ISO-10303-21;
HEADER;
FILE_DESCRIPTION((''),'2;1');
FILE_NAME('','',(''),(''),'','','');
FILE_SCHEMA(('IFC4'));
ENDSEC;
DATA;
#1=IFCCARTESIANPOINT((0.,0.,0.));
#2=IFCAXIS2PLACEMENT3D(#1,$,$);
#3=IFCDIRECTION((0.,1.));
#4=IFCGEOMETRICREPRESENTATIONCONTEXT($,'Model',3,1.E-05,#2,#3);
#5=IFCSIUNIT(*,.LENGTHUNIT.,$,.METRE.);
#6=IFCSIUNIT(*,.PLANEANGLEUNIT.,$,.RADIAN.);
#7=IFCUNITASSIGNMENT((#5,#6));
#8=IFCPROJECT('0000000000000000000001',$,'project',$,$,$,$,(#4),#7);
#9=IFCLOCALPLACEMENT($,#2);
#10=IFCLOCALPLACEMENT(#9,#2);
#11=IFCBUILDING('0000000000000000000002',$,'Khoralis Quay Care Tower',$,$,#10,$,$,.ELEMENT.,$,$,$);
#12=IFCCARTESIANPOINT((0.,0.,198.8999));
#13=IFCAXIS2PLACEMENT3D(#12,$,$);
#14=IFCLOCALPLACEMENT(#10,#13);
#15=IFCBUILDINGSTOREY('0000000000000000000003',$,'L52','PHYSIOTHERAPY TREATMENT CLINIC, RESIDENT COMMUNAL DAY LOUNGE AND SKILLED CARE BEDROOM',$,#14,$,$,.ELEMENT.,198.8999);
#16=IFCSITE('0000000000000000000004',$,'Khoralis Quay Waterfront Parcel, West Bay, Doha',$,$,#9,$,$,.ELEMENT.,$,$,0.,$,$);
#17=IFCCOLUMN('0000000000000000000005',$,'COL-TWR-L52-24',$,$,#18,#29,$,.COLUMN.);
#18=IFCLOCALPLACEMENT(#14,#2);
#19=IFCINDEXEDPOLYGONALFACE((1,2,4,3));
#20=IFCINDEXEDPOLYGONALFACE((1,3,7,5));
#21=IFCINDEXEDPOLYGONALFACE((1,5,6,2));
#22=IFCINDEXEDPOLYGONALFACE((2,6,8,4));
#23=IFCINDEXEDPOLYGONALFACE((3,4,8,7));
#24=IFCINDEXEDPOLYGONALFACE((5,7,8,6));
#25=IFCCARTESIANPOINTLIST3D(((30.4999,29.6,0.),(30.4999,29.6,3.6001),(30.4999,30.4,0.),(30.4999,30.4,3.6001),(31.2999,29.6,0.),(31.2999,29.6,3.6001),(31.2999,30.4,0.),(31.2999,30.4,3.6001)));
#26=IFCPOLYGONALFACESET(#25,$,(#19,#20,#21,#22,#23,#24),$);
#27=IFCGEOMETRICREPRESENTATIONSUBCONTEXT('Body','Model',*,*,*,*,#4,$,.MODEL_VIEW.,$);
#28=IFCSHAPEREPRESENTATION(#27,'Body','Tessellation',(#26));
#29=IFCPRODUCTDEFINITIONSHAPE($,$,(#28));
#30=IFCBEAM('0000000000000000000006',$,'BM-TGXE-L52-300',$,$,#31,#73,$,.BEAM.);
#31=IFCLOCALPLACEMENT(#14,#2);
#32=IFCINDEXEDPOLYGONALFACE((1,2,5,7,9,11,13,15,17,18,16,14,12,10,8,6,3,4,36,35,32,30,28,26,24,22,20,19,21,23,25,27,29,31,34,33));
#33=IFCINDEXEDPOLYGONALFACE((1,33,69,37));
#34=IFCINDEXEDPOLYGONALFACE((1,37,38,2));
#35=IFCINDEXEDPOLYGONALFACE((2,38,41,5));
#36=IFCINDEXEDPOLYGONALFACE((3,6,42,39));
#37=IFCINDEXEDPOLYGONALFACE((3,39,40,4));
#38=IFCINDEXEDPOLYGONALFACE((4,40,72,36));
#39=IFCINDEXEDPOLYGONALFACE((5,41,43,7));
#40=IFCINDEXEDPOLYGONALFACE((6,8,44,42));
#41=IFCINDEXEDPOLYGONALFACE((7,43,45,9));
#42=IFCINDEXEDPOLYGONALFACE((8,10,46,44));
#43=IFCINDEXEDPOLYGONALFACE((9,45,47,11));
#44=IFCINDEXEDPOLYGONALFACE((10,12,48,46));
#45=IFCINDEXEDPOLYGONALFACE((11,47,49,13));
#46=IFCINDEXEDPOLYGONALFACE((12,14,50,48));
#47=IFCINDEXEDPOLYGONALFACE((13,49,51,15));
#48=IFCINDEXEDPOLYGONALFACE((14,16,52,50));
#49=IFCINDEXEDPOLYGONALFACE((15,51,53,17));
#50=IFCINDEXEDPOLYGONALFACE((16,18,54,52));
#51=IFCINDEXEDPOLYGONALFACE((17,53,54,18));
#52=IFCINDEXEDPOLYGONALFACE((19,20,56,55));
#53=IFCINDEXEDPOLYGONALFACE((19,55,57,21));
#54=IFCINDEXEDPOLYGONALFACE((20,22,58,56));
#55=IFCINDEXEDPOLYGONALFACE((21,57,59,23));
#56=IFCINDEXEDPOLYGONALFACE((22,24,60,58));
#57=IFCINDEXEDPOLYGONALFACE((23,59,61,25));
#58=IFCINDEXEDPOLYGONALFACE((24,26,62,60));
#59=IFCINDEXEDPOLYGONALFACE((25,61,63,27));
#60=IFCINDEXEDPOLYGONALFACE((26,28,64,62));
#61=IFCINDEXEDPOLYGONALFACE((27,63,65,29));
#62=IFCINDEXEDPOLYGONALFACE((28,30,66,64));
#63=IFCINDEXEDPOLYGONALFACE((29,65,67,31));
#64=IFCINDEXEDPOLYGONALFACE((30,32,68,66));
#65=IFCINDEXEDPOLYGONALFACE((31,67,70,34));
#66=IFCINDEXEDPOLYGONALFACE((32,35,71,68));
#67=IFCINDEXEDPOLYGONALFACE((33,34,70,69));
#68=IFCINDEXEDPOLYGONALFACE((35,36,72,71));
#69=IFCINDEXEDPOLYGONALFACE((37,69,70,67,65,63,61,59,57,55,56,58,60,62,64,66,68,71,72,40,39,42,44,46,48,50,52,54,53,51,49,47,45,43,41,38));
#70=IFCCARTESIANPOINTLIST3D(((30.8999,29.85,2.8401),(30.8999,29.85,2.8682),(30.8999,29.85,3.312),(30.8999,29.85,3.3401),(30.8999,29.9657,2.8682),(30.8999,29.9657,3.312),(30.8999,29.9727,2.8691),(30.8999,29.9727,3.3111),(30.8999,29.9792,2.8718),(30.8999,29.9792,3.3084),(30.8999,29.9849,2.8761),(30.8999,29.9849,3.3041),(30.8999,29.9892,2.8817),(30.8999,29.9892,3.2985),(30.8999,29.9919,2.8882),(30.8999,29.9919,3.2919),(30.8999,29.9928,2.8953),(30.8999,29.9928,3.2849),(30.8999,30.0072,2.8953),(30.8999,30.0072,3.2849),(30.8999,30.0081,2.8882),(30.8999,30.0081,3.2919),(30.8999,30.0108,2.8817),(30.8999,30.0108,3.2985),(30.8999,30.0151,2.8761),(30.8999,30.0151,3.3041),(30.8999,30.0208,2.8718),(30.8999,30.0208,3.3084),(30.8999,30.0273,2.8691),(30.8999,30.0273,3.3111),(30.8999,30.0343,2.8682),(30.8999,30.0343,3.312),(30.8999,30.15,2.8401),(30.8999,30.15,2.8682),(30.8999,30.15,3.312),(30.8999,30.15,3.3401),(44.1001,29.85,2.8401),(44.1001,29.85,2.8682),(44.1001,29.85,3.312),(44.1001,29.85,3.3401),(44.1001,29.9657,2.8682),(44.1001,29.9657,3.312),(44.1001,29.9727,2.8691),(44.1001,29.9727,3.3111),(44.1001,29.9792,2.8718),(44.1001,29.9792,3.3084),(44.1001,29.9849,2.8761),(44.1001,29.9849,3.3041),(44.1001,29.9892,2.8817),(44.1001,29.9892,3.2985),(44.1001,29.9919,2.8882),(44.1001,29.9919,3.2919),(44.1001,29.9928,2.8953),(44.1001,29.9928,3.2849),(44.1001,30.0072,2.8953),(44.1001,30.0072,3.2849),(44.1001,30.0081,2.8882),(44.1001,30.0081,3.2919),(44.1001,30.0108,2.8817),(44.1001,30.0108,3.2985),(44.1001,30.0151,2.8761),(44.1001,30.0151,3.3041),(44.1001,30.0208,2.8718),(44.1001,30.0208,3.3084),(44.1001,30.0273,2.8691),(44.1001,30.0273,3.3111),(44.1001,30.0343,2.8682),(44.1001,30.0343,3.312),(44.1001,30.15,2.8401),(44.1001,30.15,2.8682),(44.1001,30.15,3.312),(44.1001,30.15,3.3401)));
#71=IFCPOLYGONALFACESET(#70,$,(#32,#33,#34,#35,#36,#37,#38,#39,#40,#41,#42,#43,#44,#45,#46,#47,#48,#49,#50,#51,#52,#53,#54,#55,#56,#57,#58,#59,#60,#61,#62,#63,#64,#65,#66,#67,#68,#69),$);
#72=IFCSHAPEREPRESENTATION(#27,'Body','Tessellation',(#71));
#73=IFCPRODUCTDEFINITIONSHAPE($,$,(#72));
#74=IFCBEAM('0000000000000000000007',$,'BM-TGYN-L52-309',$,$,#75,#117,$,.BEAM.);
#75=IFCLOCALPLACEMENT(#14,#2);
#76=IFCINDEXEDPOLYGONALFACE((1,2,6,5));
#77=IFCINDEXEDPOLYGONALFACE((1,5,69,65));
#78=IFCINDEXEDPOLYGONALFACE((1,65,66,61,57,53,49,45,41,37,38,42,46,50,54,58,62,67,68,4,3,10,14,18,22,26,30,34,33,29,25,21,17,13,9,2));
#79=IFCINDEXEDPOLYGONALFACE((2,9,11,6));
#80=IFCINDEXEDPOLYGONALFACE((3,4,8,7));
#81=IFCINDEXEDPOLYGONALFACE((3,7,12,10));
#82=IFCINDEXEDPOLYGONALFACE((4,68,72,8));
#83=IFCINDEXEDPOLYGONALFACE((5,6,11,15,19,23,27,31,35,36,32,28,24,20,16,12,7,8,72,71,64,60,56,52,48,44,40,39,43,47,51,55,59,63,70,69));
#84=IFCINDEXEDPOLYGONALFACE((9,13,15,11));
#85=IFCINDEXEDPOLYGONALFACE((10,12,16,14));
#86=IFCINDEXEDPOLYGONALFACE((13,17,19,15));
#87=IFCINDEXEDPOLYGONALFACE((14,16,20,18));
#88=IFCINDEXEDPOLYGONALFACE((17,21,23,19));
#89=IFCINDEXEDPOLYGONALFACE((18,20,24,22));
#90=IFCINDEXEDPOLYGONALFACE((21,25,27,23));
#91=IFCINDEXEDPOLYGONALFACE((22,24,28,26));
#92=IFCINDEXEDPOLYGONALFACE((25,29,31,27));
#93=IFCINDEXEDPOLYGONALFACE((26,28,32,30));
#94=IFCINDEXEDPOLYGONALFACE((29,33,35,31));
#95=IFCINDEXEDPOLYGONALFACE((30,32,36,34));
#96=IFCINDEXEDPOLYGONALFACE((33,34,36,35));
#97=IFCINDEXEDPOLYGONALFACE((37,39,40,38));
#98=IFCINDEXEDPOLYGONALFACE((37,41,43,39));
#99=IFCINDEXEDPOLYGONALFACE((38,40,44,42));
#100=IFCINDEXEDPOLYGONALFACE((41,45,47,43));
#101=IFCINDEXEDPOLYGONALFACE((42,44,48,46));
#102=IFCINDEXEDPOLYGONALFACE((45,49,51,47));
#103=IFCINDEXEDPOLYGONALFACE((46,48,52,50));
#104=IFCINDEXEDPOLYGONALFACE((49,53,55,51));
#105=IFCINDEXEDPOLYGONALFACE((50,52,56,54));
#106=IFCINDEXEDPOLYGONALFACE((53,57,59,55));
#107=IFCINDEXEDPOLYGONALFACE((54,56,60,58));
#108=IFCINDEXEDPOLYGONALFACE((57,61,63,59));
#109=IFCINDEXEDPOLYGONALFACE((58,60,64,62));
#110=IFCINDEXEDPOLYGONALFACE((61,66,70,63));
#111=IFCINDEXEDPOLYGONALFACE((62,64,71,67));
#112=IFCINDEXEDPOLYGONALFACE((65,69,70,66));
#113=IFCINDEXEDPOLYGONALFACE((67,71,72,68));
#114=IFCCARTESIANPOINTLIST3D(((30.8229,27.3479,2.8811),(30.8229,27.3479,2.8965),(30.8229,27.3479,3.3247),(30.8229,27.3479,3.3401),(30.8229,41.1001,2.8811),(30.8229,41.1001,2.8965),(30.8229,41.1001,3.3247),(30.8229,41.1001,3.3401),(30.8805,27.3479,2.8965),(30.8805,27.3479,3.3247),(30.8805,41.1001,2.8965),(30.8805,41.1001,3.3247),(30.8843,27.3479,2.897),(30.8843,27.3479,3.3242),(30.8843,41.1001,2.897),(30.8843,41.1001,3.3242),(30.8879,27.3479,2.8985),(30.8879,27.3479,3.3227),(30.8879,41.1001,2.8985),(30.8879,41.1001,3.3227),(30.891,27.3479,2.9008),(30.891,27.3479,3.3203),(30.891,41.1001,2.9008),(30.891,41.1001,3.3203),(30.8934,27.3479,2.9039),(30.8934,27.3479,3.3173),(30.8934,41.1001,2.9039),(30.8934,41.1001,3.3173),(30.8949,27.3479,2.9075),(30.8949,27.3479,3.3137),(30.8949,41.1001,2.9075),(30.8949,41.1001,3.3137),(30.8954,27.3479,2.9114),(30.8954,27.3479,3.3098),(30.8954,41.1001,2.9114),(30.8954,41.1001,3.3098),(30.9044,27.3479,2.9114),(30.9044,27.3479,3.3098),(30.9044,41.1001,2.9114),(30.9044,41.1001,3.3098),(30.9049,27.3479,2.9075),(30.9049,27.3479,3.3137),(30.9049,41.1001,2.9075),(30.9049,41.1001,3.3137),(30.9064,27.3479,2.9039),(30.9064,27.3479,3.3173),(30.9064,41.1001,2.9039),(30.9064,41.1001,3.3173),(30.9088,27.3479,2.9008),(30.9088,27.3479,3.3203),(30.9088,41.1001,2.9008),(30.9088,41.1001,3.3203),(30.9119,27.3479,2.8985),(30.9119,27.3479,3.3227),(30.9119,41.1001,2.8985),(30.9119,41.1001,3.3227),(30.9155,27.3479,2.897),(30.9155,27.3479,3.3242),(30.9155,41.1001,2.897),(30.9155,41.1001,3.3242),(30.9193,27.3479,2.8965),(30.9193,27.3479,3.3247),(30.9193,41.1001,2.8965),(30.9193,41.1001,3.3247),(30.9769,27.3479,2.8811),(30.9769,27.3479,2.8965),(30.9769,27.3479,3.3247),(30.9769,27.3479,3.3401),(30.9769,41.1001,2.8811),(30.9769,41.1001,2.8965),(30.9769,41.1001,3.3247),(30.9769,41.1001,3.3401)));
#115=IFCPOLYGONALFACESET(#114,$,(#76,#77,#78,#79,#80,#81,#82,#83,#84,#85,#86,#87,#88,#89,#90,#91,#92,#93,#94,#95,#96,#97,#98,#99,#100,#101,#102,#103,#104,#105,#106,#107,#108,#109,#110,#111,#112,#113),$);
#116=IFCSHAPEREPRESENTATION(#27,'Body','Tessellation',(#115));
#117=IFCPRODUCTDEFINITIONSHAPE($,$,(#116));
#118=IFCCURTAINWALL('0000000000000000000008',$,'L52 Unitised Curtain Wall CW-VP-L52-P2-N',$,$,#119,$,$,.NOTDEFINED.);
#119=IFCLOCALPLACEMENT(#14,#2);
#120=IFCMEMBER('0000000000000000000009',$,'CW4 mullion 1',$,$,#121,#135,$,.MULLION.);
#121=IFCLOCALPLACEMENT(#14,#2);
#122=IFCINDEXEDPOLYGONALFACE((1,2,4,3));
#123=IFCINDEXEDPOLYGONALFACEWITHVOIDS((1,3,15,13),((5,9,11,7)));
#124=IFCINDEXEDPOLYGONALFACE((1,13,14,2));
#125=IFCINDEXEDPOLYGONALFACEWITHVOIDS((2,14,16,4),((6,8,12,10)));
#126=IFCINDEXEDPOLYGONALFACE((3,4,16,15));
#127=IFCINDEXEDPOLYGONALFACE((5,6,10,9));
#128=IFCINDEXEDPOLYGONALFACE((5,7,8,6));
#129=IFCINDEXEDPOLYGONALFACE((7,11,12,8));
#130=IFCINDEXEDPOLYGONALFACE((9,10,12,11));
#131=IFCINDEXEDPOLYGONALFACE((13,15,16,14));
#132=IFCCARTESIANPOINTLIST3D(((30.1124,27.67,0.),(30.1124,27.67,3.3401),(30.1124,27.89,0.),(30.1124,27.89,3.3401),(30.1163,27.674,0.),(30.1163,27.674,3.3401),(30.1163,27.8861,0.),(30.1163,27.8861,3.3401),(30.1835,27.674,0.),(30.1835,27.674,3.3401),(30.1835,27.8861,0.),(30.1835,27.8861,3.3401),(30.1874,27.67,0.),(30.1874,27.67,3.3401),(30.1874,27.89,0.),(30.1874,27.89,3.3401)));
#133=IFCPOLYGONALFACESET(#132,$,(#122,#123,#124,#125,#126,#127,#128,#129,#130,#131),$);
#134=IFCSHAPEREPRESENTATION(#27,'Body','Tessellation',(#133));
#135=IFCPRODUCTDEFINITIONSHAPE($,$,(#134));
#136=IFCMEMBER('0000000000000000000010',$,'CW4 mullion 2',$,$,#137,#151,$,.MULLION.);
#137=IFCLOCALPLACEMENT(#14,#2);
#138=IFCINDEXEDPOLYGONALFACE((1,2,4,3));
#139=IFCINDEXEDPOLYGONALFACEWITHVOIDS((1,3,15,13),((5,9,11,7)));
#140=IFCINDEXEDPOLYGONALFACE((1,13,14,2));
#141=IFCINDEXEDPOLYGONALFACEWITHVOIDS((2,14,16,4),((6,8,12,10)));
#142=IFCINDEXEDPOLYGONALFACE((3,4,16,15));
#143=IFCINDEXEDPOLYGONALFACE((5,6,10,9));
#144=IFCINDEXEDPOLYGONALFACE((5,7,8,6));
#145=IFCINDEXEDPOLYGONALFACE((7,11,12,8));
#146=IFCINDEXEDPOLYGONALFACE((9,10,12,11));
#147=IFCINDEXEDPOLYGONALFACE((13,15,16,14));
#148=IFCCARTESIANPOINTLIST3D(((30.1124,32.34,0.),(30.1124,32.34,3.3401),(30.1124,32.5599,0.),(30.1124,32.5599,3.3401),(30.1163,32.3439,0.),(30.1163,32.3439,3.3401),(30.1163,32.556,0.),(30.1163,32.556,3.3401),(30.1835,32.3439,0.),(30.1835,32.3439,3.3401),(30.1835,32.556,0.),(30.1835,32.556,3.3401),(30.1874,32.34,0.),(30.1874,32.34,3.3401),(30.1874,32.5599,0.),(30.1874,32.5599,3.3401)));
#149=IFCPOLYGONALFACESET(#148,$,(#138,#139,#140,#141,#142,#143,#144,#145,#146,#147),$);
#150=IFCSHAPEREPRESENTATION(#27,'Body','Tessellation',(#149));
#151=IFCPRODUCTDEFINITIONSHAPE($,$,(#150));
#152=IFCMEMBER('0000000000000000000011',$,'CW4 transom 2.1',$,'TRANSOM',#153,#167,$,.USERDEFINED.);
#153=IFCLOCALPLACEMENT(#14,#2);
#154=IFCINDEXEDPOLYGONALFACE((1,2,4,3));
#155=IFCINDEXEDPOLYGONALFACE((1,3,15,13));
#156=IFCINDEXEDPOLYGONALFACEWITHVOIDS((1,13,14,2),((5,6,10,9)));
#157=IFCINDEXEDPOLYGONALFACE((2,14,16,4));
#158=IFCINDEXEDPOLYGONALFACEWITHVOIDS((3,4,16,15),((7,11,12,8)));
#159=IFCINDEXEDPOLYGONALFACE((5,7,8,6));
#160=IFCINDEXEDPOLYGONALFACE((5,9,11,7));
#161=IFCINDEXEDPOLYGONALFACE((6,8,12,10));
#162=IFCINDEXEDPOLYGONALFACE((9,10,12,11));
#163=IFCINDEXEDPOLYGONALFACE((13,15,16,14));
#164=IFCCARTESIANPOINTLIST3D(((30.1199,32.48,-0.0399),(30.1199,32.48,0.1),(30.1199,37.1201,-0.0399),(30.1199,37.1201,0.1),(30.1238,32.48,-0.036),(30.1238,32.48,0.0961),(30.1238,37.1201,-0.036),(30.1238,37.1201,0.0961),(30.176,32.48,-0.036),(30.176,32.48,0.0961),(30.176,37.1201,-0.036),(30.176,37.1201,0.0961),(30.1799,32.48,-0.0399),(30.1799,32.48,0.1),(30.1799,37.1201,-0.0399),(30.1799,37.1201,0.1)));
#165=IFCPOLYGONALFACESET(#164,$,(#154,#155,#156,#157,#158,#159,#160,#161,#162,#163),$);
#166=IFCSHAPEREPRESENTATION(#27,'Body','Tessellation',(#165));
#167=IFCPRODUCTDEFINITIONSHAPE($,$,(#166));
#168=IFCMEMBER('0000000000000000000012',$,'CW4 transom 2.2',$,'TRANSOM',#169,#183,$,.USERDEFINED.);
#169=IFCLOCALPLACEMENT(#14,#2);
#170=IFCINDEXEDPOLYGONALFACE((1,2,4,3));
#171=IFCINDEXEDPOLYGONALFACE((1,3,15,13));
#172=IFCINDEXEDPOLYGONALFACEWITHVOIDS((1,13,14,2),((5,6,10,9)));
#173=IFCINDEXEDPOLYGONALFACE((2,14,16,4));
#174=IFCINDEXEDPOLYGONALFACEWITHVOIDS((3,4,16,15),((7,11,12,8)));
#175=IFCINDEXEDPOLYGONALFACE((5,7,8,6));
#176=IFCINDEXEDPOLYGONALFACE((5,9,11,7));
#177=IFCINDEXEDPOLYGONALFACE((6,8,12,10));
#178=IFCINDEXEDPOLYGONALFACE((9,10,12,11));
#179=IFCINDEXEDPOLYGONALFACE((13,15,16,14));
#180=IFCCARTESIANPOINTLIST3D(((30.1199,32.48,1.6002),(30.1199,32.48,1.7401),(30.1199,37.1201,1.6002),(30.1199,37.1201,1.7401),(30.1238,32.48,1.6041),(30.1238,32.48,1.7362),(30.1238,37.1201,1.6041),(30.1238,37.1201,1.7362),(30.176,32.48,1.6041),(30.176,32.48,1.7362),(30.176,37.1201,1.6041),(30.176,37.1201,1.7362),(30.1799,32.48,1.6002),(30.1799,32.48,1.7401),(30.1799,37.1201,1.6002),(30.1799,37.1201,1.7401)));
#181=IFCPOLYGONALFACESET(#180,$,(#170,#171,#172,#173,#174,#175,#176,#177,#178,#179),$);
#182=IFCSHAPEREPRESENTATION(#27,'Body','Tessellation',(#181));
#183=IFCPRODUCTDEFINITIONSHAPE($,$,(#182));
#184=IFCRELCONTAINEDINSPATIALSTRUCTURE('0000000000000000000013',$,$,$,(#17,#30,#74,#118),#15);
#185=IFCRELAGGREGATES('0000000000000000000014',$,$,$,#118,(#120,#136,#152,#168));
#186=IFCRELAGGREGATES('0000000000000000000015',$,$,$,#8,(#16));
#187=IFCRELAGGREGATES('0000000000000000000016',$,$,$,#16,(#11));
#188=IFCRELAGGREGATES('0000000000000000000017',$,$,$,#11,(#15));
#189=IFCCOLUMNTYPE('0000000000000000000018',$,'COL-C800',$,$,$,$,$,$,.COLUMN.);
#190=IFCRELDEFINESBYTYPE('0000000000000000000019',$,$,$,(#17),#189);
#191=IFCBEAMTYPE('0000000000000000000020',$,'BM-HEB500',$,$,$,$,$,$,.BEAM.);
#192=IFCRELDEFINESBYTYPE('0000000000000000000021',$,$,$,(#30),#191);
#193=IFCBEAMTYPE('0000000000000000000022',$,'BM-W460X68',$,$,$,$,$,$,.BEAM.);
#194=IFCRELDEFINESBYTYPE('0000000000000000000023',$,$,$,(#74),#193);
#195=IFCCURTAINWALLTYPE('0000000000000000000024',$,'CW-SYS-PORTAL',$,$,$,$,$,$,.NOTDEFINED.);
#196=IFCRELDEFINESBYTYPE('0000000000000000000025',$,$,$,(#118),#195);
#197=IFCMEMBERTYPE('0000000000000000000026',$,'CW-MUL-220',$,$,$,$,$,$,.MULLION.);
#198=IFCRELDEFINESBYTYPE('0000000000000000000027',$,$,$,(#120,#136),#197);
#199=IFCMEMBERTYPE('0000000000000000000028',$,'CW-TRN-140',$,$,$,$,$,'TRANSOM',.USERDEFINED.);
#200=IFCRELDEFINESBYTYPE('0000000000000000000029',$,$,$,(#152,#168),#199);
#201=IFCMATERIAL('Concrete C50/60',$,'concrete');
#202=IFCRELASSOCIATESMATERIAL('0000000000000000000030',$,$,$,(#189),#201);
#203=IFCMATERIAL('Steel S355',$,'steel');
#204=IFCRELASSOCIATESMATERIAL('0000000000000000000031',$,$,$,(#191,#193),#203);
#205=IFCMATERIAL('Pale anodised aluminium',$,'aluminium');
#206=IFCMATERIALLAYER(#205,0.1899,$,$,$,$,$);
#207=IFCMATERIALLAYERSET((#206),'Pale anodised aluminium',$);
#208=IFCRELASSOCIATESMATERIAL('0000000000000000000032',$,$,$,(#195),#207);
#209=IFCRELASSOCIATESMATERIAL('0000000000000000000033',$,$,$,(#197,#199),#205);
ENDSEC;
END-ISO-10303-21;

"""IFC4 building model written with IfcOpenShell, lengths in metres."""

from ifc_helpers import new_model, si_unit, direction, frame, origin, origin_2d, place, context, subcontext, project, spatial, rectangle, hollow_rectangle, i_section, extrude, source, transform, mapped, material, layer, layer_set, material_profile, profile_set, type_object, element, aggregate, save


model = new_model("IFC4")

# Units and contexts
model_context = context("Model", 3, precision=1e-05, world=origin(), true_north=direction((0.0, 1.0)))
body_context = subcontext(model_context, "Body", "Model", "MODEL_VIEW")
ifc_project = project(units=[si_unit("LENGTHUNIT", "METRE"), si_unit("PLANEANGLEUNIT", "RADIAN")], contexts=[model_context])

# Site, building, storey
site_placement = place(None, origin())
site = spatial("IfcSite", under=ifc_project, at=site_placement, Name="Khoralis Quay Waterfront Parcel, West Bay, Doha", CompositionType="ELEMENT", RefElevation=0.0)
building_placement = place(site_placement, origin())
building = spatial("IfcBuilding", under=site, at=building_placement, Name="Khoralis Quay Care Tower", CompositionType="ELEMENT")
storey_placement = place(building_placement, frame((0.0, 0.0, 198.8999)))
storey = spatial("IfcBuildingStorey", under=building, at=storey_placement, Name="L52", Description="PHYSIOTHERAPY TREATMENT CLINIC, RESIDENT COMMUNAL DAY LOUNGE AND SKILLED CARE BEDROOM", CompositionType="ELEMENT", Elevation=198.8999)

# Column
ifc_material_1 = material(Name="Concrete C50/60", Category="concrete")
ifc_material_profile_1 = material_profile(ifc_material_1, rectangle(XDim=0.8, YDim=0.8, at=origin_2d()), Name="Concrete C50/60")
ifc_profile_set_1 = profile_set([ifc_material_profile_1], Name="Concrete C50/60")
column_type = type_object("IfcColumnType", Name="COL-C800", PredefinedType="COLUMN", material=ifc_profile_set_1)
shared_shape_1 = source(origin(), body_context, "Body", "SweptSolid", [
    extrude(rectangle(XDim=0.8, YDim=0.8, at=origin_2d()), origin(), (0.0, 0.0, 1.0), 3.6001),
])
column_placement = place(storey_placement, frame((30.8999, 30.0, 0.0), z_axis=(0.0, 0.0, 1.0), x_axis=(1.0, 0.0, 0.0)))
element("IfcColumn", 1, at=column_placement, inside=storey, type_object=column_type, Name="COL-TWR-L52-24", PredefinedType="COLUMN", context=body_context, shape_type="MappedRepresentation", body=[
    mapped(shared_shape_1, transform((0.0, 0.0, 0.0), scale=1.0)),
])

# Beams
ifc_material_2 = material(Name="Steel S355", Category="steel")
ifc_material_profile_2 = material_profile(ifc_material_2, i_section(OverallWidth=0.3, OverallDepth=0.5, WebThickness=0.0144, FlangeThickness=0.0281, FilletRadius=0.0271, at=origin_2d()), Name="Steel S355")
ifc_profile_set_2 = profile_set([ifc_material_profile_2], Name="Steel S355")
beam_type_1 = type_object("IfcBeamType", Name="BM-HEB500", PredefinedType="BEAM", material=ifc_profile_set_2)
shared_shape_2 = source(origin(), body_context, "Body", "SweptSolid", [
    extrude(i_section(OverallWidth=0.3, OverallDepth=0.5, WebThickness=0.0144, FlangeThickness=0.0281, FilletRadius=0.0271, at=origin_2d()), origin(), (0.0, 0.0, 1.0), 13.2002),
])
beam_1_placement = place(storey_placement, frame((30.8999, 30.0, 3.0901), z_axis=(1.0, 0.0, 0.0), x_axis=(0.0, 1.0, 0.0)))
element("IfcBeam", 2, at=beam_1_placement, inside=storey, type_object=beam_type_1, Name="BM-TGXE-L52-300", PredefinedType="BEAM", context=body_context, shape_type="MappedRepresentation", body=[
    mapped(shared_shape_2, transform((0.0, 0.0, 0.0), scale=1.0)),
])
ifc_material_profile_3 = material_profile(ifc_material_2, i_section(OverallWidth=0.1541, OverallDepth=0.459, WebThickness=0.009, FlangeThickness=0.0154, FilletRadius=0.0149, at=origin_2d()), Name="Steel S355")
ifc_profile_set_3 = profile_set([ifc_material_profile_3], Name="Steel S355")
beam_type_2 = type_object("IfcBeamType", Name="BM-W460X68", PredefinedType="BEAM", material=ifc_profile_set_3)
shared_shape_3 = source(origin(), body_context, "Body", "SweptSolid", [
    extrude(i_section(OverallWidth=0.1541, OverallDepth=0.459, WebThickness=0.009, FlangeThickness=0.0154, FilletRadius=0.0149, at=origin_2d()), origin(), (0.0, 0.0, 1.0), 13.7522),
])
beam_2_placement = place(storey_placement, frame((30.8999, 27.3479, 3.1106), z_axis=(0.0, 1.0, 0.0), x_axis=(-1.0, 0.0, 0.0)))
element("IfcBeam", 3, at=beam_2_placement, inside=storey, type_object=beam_type_2, Name="BM-TGYN-L52-309", PredefinedType="BEAM", context=body_context, shape_type="MappedRepresentation", body=[
    mapped(shared_shape_3, transform((0.0, 0.0, 0.0), scale=1.0)),
])

# Curtain wall, members
ifc_material_3 = material(Name="Pale anodised aluminium", Category="aluminium")
ifc_layer_1 = layer(ifc_material_3, 0.1899)
ifc_layer_set_1 = layer_set([ifc_layer_1], Name="Pale anodised aluminium")
curtain_wall_type = type_object("IfcCurtainWallType", Name="CW-SYS-PORTAL", PredefinedType="NOTDEFINED", material=ifc_layer_set_1)
curtain_wall_placement = place(storey_placement, origin())
curtain_wall = element("IfcCurtainWall", 4, at=curtain_wall_placement, inside=storey, type_object=curtain_wall_type, Name="L52 Unitised Curtain Wall CW-VP-L52-P2-N", PredefinedType="NOTDEFINED")
ifc_material_profile_4 = material_profile(ifc_material_3, hollow_rectangle(XDim=0.075, YDim=0.22, WallThickness=0.0039, at=origin_2d()), Name="Pale anodised aluminium")
ifc_profile_set_4 = profile_set([ifc_material_profile_4], Name="Pale anodised aluminium")
member_type_1 = type_object("IfcMemberType", Name="CW-MUL-220", PredefinedType="MULLION", material=ifc_profile_set_4)
shared_shape_4 = source(origin(), body_context, "Body", "SweptSolid", [
    extrude(hollow_rectangle(XDim=0.075, YDim=0.22, WallThickness=0.0039, at=origin_2d()), origin(), (0.0, 0.0, 1.0), 3.3401),
])
member_1_placement = place(storey_placement, frame((30.1499, 27.78, 0.0), z_axis=(0.0, 0.0, 1.0), x_axis=(-1.0, 0.0, 0.0)))
member_1 = element("IfcMember", 5, at=member_1_placement, type_object=member_type_1, Name="CW4 mullion 1", PredefinedType="MULLION", context=body_context, shape_type="MappedRepresentation", body=[
    mapped(shared_shape_4, transform((0.0, 0.0, 0.0), scale=1.0)),
])
member_2_placement = place(storey_placement, frame((30.1499, 32.45, 0.0), z_axis=(0.0, 0.0, 1.0), x_axis=(-1.0, 0.0, 0.0)))
member_2 = element("IfcMember", 6, at=member_2_placement, type_object=member_type_1, Name="CW4 mullion 2", PredefinedType="MULLION", context=body_context, shape_type="MappedRepresentation", body=[
    mapped(shared_shape_4, transform((0.0, 0.0, 0.0), scale=1.0)),
])
ifc_material_profile_5 = material_profile(ifc_material_3, hollow_rectangle(XDim=0.0601, YDim=0.1399, WallThickness=0.0039, at=origin_2d()), Name="Pale anodised aluminium")
ifc_profile_set_5 = profile_set([ifc_material_profile_5], Name="Pale anodised aluminium")
member_type_2 = type_object("IfcMemberType", Name="CW-TRN-140", ElementType="TRANSOM", PredefinedType="USERDEFINED", material=ifc_profile_set_5)
shared_shape_5 = source(origin(), body_context, "Body", "SweptSolid", [
    extrude(hollow_rectangle(XDim=0.0601, YDim=0.1399, WallThickness=0.0039, at=origin_2d()), origin(), (0.0, 0.0, 1.0), 4.6401),
])
member_3_placement = place(storey_placement, frame((30.1499, 32.48, 0.03), z_axis=(0.0, 1.0, 0.0), x_axis=(-1.0, 0.0, 0.0)))
member_3 = element("IfcMember", 7, at=member_3_placement, type_object=member_type_2, Name="CW4 transom 2.1", ObjectType="TRANSOM", PredefinedType="USERDEFINED", context=body_context, shape_type="MappedRepresentation", body=[
    mapped(shared_shape_5, transform((0.0, 0.0, 0.0), scale=1.0)),
])
member_4_placement = place(storey_placement, frame((30.1499, 32.48, 1.6702), z_axis=(0.0, 1.0, 0.0), x_axis=(-1.0, 0.0, 0.0)))
member_4 = element("IfcMember", 8, at=member_4_placement, type_object=member_type_2, Name="CW4 transom 2.2", ObjectType="TRANSOM", PredefinedType="USERDEFINED", context=body_context, shape_type="MappedRepresentation", body=[
    mapped(shared_shape_5, transform((0.0, 0.0, 0.0), scale=1.0)),
])
aggregate(curtain_wall, [member_1, member_2, member_3, member_4])

save(model, "model.ifc")
